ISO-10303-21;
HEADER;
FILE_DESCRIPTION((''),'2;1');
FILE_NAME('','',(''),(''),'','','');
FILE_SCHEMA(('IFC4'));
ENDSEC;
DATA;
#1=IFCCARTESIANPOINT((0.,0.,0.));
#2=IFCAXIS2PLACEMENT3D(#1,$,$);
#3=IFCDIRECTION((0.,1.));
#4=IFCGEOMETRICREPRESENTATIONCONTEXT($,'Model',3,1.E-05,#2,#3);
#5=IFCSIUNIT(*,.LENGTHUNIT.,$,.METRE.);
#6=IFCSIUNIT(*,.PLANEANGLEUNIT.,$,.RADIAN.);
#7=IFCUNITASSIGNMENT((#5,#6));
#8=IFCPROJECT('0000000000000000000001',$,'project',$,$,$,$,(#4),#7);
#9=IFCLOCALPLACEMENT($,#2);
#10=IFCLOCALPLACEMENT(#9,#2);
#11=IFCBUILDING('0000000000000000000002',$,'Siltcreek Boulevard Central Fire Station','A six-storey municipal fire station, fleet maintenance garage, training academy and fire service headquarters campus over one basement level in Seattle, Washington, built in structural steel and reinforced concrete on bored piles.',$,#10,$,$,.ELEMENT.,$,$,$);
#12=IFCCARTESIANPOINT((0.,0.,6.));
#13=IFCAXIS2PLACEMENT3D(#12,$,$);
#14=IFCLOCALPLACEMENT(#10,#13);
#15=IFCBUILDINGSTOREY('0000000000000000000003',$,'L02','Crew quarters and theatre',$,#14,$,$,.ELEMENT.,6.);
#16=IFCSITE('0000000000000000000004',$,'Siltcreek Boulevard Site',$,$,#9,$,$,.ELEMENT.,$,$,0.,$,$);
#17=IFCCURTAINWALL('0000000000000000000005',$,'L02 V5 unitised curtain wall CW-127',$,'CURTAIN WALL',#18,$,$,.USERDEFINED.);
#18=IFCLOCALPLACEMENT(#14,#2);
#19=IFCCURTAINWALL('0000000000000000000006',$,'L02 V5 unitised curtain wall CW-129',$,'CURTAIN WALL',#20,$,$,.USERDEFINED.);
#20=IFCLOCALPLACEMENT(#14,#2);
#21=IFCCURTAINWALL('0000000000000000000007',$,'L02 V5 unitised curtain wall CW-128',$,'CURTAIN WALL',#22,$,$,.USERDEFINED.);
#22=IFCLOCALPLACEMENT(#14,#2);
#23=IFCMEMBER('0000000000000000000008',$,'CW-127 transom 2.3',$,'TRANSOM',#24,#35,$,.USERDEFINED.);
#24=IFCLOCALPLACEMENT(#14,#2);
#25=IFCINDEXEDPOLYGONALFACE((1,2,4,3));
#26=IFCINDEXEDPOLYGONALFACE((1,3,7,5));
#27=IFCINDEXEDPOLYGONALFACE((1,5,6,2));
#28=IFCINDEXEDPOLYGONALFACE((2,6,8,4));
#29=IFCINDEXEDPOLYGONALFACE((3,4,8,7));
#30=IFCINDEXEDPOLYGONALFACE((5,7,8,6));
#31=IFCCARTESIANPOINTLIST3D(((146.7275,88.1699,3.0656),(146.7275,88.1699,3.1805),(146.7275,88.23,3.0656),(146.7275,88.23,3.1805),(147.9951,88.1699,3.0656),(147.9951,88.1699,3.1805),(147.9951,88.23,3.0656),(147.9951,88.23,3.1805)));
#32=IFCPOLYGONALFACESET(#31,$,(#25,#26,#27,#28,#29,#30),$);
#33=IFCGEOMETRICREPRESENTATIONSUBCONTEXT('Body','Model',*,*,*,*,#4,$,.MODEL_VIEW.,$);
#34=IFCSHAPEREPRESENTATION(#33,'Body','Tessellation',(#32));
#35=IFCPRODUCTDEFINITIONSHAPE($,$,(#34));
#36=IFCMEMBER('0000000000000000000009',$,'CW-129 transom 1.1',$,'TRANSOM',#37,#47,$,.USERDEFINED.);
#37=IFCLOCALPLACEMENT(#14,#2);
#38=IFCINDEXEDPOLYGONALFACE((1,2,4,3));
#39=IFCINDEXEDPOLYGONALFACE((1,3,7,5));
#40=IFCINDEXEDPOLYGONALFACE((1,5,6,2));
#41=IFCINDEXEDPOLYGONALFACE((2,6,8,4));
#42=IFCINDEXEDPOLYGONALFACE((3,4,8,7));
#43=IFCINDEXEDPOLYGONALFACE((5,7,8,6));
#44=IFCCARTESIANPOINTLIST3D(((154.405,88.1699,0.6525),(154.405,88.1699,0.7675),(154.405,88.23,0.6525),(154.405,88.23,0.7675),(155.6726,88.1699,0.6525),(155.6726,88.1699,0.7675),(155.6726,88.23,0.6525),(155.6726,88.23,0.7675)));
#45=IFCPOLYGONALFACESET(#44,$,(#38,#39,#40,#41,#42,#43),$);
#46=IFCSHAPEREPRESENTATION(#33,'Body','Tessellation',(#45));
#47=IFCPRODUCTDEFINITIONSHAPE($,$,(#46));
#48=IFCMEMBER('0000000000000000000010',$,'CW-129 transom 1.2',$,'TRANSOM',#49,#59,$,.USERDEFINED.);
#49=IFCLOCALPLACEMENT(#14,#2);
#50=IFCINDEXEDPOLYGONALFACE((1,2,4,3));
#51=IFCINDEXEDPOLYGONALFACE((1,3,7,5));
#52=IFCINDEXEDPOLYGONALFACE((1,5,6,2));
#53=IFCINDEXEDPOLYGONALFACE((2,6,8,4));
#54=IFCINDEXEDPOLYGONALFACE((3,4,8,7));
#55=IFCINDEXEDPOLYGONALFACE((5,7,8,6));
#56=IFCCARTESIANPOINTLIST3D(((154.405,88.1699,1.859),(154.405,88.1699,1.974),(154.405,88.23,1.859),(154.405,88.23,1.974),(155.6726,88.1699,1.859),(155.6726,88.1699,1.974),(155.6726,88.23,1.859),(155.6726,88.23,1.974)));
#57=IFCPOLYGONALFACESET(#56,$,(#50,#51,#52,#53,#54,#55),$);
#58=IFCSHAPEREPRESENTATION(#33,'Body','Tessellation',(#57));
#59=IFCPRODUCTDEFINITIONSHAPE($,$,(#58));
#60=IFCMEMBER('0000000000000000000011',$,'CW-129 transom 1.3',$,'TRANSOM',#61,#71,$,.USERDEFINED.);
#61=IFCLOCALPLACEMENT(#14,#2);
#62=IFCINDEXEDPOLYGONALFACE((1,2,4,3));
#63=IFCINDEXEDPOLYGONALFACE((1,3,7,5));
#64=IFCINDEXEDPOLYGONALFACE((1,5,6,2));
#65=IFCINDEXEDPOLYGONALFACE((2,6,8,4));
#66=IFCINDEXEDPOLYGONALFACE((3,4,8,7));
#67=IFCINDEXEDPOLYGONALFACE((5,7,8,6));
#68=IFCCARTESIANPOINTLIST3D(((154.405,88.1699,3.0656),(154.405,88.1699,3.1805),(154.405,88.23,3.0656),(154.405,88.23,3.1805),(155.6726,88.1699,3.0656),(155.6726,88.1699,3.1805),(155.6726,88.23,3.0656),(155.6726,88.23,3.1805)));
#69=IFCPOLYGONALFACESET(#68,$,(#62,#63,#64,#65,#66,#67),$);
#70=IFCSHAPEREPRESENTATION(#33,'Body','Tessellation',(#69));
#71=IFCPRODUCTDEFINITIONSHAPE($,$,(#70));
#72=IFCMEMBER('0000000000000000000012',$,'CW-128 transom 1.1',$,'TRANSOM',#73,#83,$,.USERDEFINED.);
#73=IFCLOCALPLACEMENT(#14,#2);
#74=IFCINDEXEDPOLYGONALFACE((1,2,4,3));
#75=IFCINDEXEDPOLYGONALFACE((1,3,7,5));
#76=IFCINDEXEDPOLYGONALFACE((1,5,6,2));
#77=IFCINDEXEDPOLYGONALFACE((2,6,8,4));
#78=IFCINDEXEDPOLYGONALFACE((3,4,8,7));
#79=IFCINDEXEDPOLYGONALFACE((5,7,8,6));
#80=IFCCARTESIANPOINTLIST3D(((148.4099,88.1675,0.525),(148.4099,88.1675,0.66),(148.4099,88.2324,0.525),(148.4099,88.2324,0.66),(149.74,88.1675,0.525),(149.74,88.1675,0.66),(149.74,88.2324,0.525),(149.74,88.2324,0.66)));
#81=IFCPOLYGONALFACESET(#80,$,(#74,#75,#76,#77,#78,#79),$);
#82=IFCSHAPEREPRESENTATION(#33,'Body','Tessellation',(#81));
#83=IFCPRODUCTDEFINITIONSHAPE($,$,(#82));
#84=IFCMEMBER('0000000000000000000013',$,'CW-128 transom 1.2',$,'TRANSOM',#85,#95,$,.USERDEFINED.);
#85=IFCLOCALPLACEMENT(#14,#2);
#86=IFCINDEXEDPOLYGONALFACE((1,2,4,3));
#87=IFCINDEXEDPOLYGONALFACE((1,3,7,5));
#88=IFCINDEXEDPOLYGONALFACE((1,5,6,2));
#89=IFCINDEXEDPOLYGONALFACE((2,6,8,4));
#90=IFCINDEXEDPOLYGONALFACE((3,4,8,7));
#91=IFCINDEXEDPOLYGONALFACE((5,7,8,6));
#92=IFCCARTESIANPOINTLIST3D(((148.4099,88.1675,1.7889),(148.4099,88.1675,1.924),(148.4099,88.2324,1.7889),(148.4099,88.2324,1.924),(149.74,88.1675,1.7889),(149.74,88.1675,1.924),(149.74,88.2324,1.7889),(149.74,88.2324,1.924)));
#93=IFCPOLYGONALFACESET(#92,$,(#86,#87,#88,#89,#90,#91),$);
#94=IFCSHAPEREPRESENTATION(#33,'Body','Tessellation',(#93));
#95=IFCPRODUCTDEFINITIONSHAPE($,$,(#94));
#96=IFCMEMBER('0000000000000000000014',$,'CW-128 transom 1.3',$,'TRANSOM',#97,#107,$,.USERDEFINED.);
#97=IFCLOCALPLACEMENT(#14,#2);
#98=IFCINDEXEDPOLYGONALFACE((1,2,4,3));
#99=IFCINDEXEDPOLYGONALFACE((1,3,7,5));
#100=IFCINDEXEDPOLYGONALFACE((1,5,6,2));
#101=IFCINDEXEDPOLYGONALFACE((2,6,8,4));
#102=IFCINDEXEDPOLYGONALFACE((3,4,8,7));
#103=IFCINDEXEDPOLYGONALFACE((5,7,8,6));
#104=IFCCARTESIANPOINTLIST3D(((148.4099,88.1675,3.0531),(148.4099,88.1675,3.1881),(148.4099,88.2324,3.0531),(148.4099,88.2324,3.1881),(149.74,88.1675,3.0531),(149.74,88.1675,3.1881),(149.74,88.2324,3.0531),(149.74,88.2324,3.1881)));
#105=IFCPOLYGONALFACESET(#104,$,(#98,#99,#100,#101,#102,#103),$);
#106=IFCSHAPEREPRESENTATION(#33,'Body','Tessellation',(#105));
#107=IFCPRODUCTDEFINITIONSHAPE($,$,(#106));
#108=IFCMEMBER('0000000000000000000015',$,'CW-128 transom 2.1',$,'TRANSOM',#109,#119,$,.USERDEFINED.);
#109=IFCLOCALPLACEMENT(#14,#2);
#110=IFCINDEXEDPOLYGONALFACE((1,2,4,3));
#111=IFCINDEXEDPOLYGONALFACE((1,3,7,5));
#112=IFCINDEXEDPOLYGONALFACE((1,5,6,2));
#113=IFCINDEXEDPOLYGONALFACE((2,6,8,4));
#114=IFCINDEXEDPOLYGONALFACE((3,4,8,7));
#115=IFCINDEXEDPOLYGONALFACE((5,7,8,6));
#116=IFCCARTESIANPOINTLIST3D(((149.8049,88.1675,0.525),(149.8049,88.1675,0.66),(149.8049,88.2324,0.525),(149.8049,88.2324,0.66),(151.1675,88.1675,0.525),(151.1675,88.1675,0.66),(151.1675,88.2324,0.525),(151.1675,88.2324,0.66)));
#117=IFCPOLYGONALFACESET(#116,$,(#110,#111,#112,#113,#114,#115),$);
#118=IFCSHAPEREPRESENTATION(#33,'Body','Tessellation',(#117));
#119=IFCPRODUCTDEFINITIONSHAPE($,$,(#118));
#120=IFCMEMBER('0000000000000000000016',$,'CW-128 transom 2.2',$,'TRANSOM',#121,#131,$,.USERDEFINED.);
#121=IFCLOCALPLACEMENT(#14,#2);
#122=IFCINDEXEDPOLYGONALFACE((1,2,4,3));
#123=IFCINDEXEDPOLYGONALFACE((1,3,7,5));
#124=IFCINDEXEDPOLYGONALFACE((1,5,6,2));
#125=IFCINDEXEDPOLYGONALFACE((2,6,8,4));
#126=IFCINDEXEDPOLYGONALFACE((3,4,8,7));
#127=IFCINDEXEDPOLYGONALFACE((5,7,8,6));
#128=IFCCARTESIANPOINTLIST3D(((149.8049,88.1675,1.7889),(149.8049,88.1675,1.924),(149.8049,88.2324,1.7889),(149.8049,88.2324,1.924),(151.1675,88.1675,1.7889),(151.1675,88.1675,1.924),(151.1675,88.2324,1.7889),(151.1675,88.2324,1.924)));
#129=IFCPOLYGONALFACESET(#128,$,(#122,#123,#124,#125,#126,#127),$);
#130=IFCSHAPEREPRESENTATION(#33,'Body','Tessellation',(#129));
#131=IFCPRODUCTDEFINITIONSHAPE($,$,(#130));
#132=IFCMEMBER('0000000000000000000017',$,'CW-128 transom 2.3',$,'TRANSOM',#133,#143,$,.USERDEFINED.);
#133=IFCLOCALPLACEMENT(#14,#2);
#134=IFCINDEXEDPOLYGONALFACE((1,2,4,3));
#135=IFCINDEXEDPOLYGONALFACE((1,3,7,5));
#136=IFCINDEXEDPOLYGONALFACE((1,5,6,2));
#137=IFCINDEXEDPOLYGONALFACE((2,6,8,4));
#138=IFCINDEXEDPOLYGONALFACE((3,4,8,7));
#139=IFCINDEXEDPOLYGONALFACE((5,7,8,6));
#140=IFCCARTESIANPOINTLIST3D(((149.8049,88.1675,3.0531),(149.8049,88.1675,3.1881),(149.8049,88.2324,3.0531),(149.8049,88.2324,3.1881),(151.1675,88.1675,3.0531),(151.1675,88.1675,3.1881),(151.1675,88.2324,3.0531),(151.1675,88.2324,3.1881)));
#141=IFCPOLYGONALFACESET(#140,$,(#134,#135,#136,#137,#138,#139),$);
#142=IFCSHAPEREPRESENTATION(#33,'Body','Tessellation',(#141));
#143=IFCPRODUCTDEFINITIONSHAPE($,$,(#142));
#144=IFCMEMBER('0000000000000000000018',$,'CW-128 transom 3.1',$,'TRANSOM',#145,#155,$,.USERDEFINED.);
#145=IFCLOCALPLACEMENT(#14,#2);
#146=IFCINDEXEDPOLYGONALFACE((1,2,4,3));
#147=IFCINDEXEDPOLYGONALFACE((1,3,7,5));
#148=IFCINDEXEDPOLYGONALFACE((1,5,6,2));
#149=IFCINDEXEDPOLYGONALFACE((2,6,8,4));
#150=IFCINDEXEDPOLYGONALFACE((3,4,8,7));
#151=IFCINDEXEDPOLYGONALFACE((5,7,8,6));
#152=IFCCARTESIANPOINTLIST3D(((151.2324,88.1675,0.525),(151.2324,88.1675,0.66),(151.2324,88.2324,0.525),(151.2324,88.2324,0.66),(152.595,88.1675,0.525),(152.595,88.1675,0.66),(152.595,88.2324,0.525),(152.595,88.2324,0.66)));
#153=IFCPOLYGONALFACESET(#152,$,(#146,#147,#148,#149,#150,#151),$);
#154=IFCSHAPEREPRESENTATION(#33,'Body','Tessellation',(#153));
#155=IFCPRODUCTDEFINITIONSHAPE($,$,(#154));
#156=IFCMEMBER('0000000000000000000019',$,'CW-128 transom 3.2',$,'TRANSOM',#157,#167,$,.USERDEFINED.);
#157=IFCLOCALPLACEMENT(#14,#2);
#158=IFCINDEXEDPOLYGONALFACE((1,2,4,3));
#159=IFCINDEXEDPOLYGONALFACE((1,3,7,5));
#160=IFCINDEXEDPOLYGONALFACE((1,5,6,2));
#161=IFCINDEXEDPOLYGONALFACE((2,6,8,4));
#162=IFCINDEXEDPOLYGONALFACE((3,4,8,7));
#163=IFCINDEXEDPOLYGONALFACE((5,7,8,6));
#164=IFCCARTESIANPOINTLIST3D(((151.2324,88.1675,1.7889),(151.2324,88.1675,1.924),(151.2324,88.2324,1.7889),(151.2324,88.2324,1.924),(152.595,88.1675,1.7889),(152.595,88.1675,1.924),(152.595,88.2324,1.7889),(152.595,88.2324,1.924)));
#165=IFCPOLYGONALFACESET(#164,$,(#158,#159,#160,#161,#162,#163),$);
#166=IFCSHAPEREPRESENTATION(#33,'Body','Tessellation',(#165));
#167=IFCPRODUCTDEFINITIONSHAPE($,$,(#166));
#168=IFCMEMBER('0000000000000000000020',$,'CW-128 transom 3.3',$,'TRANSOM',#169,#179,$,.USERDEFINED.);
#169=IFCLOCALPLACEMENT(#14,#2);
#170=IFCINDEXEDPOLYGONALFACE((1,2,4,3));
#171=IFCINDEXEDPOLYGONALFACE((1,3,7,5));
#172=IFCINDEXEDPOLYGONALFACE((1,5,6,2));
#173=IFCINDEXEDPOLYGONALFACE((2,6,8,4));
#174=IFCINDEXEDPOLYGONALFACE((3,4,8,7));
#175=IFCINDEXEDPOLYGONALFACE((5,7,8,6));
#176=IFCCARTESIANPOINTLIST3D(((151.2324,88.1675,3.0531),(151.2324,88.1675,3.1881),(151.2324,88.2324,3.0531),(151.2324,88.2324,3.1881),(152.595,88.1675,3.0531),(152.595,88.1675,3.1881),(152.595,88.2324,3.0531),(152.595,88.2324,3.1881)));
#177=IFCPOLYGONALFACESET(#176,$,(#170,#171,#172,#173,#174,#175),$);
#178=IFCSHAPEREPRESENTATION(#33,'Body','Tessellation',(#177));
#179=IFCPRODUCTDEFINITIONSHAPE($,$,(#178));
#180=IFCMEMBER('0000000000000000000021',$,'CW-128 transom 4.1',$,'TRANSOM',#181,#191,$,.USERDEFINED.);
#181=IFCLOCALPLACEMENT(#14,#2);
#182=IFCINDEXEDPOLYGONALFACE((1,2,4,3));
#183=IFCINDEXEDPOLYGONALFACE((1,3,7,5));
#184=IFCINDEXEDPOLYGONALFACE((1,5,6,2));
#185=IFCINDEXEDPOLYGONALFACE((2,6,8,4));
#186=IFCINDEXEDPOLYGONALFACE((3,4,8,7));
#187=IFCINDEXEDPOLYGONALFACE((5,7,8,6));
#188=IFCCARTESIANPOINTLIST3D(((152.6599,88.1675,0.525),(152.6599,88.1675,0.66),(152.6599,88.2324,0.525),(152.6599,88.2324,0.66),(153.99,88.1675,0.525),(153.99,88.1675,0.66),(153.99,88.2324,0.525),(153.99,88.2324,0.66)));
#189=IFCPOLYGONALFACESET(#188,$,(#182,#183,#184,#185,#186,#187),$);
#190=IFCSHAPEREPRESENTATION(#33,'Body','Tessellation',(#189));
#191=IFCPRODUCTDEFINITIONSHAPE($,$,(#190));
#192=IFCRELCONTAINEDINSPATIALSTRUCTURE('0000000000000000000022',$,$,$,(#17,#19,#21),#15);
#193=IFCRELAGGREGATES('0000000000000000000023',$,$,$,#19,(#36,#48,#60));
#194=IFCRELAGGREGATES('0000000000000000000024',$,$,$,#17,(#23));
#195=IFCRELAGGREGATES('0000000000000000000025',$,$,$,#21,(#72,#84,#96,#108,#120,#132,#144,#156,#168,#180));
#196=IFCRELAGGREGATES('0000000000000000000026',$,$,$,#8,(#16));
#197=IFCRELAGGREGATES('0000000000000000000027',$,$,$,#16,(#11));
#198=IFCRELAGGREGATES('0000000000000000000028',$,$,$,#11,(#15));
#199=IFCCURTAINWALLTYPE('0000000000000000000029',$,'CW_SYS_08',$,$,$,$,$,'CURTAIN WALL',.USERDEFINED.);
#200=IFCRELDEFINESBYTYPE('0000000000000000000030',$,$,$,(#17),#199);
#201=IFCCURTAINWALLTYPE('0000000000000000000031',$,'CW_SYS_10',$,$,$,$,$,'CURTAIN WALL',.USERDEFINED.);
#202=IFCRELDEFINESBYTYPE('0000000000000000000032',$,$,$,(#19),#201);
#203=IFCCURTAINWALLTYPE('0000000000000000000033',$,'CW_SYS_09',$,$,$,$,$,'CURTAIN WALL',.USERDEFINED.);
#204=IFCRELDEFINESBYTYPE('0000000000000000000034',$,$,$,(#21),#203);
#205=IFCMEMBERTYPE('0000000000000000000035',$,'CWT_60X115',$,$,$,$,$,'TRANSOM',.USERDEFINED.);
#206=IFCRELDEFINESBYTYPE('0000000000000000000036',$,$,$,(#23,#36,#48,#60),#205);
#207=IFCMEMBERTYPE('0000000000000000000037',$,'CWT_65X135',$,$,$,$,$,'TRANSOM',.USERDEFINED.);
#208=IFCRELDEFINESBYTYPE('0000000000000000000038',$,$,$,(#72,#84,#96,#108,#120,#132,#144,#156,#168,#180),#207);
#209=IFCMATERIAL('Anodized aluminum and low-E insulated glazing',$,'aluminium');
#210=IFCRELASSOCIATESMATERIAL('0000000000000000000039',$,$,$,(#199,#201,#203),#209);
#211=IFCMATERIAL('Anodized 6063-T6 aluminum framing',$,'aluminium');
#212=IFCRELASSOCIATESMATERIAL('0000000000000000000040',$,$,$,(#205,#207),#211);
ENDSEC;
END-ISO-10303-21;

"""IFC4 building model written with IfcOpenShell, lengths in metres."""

from ifc_helpers import new_model, si_unit, direction, frame, origin, origin_2d, place, context, subcontext, project, spatial, rectangle, extrude, material, material_profile, profile_set, type_object, element, aggregate, save


model = new_model("IFC4")

# Units and contexts
model_context = context("Model", 3, precision=1e-05, world=origin(), true_north=direction((0.0, 1.0)))
body_context = subcontext(model_context, "Body", "Model", "MODEL_VIEW")
ifc_project = project(units=[si_unit("LENGTHUNIT", "METRE"), si_unit("PLANEANGLEUNIT", "RADIAN")], contexts=[model_context])

# Site, building, storey
site_placement = place(None, origin())
site = spatial("IfcSite", under=ifc_project, at=site_placement, Name="Siltcreek Boulevard Site", CompositionType="ELEMENT", RefElevation=0.0)
building_placement = place(site_placement, origin())
building = spatial("IfcBuilding", under=site, at=building_placement, Name="Siltcreek Boulevard Central Fire Station", Description="A six-storey municipal fire station, fleet maintenance garage, training academy and fire service headquarters campus over one basement level in Seattle, Washington, built in structural steel and reinforced concrete on bored piles.", CompositionType="ELEMENT")
storey_placement = place(building_placement, frame((0.0, 0.0, 6.0)))
storey = spatial("IfcBuildingStorey", under=building, at=storey_placement, Name="L02", Description="Crew quarters and theatre", CompositionType="ELEMENT", Elevation=6.0)

# Curtain walls
ifc_material_1 = material(Name="Anodized aluminum and low-E insulated glazing", Category="aluminium")
curtain_wall_type_1 = type_object("IfcCurtainWallType", Name="CW_SYS_08", ElementType="CURTAIN WALL", PredefinedType="USERDEFINED", material=ifc_material_1)
curtain_wall_1_placement = place(storey_placement, origin())
curtain_wall_1 = element("IfcCurtainWall", 1, at=curtain_wall_1_placement, inside=storey, type_object=curtain_wall_type_1, Name="L02 V5 unitised curtain wall CW-127", ObjectType="CURTAIN WALL", PredefinedType="USERDEFINED")
ifc_material_2 = material(Name="Anodized 6063-T6 aluminum framing", Category="aluminium")
curtain_wall_type_2 = type_object("IfcCurtainWallType", Name="CW_SYS_10", ElementType="CURTAIN WALL", PredefinedType="USERDEFINED", material=ifc_material_1)
curtain_wall_2_placement = place(storey_placement, origin())
curtain_wall_2 = element("IfcCurtainWall", 2, at=curtain_wall_2_placement, inside=storey, type_object=curtain_wall_type_2, Name="L02 V5 unitised curtain wall CW-129", ObjectType="CURTAIN WALL", PredefinedType="USERDEFINED")

# Curtain wall
curtain_wall_type_3 = type_object("IfcCurtainWallType", Name="CW_SYS_09", ElementType="CURTAIN WALL", PredefinedType="USERDEFINED", material=ifc_material_1)
curtain_wall_3_placement = place(storey_placement, origin())
curtain_wall_3 = element("IfcCurtainWall", 3, at=curtain_wall_3_placement, inside=storey, type_object=curtain_wall_type_3, Name="L02 V5 unitised curtain wall CW-128", ObjectType="CURTAIN WALL", PredefinedType="USERDEFINED")

# Members
ifc_material_profile_1 = material_profile(ifc_material_2, rectangle(XDim=0.0601, YDim=0.115, at=origin_2d()), Name="TRAN60X115")
ifc_profile_set_1 = profile_set([ifc_material_profile_1], Name="Anodized 6063-T6 aluminum framing")
member_type_1 = type_object("IfcMemberType", Name="CWT_60X115", ElementType="TRANSOM", PredefinedType="USERDEFINED", material=ifc_profile_set_1)
member_1_placement = place(storey_placement, frame((146.7275, 88.2, 3.123), z_axis=(1.0, 0.0, 0.0), x_axis=(0.0, 1.0, 0.0)))
member_1 = element("IfcMember", 4, at=member_1_placement, type_object=member_type_1, Name="CW-127 transom 2.3", ObjectType="TRANSOM", PredefinedType="USERDEFINED", context=body_context, shape_type="SweptSolid", body=[
    extrude(rectangle(XDim=0.0601, YDim=0.115, at=origin_2d()), origin(), (0.0, 0.0, 1.0), 1.2676),
])
member_2_placement = place(storey_placement, frame((154.405, 88.2, 0.71), z_axis=(1.0, 0.0, 0.0), x_axis=(0.0, 1.0, 0.0)))
member_2 = element("IfcMember", 5, at=member_2_placement, type_object=member_type_1, Name="CW-129 transom 1.1", ObjectType="TRANSOM", PredefinedType="USERDEFINED", context=body_context, shape_type="SweptSolid", body=[
    extrude(rectangle(XDim=0.0601, YDim=0.115, at=origin_2d()), origin(), (0.0, 0.0, 1.0), 1.2676),
])
member_3_placement = place(storey_placement, frame((154.405, 88.2, 1.9165), z_axis=(1.0, 0.0, 0.0), x_axis=(0.0, 1.0, 0.0)))
member_3 = element("IfcMember", 6, at=member_3_placement, type_object=member_type_1, Name="CW-129 transom 1.2", ObjectType="TRANSOM", PredefinedType="USERDEFINED", context=body_context, shape_type="SweptSolid", body=[
    extrude(rectangle(XDim=0.0601, YDim=0.115, at=origin_2d()), origin(), (0.0, 0.0, 1.0), 1.2676),
])
member_4_placement = place(storey_placement, frame((154.405, 88.2, 3.123), z_axis=(1.0, 0.0, 0.0), x_axis=(0.0, 1.0, 0.0)))
member_4 = element("IfcMember", 7, at=member_4_placement, type_object=member_type_1, Name="CW-129 transom 1.3", ObjectType="TRANSOM", PredefinedType="USERDEFINED", context=body_context, shape_type="SweptSolid", body=[
    extrude(rectangle(XDim=0.0601, YDim=0.115, at=origin_2d()), origin(), (0.0, 0.0, 1.0), 1.2676),
])
aggregate(curtain_wall_2, [member_2, member_3, member_4])
ifc_material_profile_2 = material_profile(ifc_material_2, rectangle(XDim=0.0649, YDim=0.135, at=origin_2d()), Name="TRAN65X135")
ifc_profile_set_2 = profile_set([ifc_material_profile_2], Name="Anodized 6063-T6 aluminum framing")
member_type_2 = type_object("IfcMemberType", Name="CWT_65X135", ElementType="TRANSOM", PredefinedType="USERDEFINED", material=ifc_profile_set_2)
member_5_placement = place(storey_placement, frame((148.4099, 88.2, 0.5925), z_axis=(1.0, 0.0, 0.0), x_axis=(0.0, 1.0, 0.0)))
member_5 = element("IfcMember", 8, at=member_5_placement, type_object=member_type_2, Name="CW-128 transom 1.1", ObjectType="TRANSOM", PredefinedType="USERDEFINED", context=body_context, shape_type="SweptSolid", body=[
    extrude(rectangle(XDim=0.0649, YDim=0.135, at=origin_2d()), origin(), (0.0, 0.0, 1.0), 1.3301),
])
member_6_placement = place(storey_placement, frame((148.4099, 88.2, 1.8564), z_axis=(1.0, 0.0, 0.0), x_axis=(0.0, 1.0, 0.0)))
member_6 = element("IfcMember", 9, at=member_6_placement, type_object=member_type_2, Name="CW-128 transom 1.2", ObjectType="TRANSOM", PredefinedType="USERDEFINED", context=body_context, shape_type="SweptSolid", body=[
    extrude(rectangle(XDim=0.0649, YDim=0.135, at=origin_2d()), origin(), (0.0, 0.0, 1.0), 1.3301),
])
member_7_placement = place(storey_placement, frame((148.4099, 88.2, 3.1206), z_axis=(1.0, 0.0, 0.0), x_axis=(0.0, 1.0, 0.0)))
member_7 = element("IfcMember", 10, at=member_7_placement, type_object=member_type_2, Name="CW-128 transom 1.3", ObjectType="TRANSOM", PredefinedType="USERDEFINED", context=body_context, shape_type="SweptSolid", body=[
    extrude(rectangle(XDim=0.0649, YDim=0.135, at=origin_2d()), origin(), (0.0, 0.0, 1.0), 1.3301),
])
member_8_placement = place(storey_placement, frame((149.8049, 88.2, 0.5925), z_axis=(1.0, 0.0, 0.0), x_axis=(0.0, 1.0, 0.0)))
member_8 = element("IfcMember", 11, at=member_8_placement, type_object=member_type_2, Name="CW-128 transom 2.1", ObjectType="TRANSOM", PredefinedType="USERDEFINED", context=body_context, shape_type="SweptSolid", body=[
    extrude(rectangle(XDim=0.0649, YDim=0.135, at=origin_2d()), origin(), (0.0, 0.0, 1.0), 1.3625),
])
member_9_placement = place(storey_placement, frame((149.8049, 88.2, 1.8564), z_axis=(1.0, 0.0, 0.0), x_axis=(0.0, 1.0, 0.0)))
member_9 = element("IfcMember", 12, at=member_9_placement, type_object=member_type_2, Name="CW-128 transom 2.2", ObjectType="TRANSOM", PredefinedType="USERDEFINED", context=body_context, shape_type="SweptSolid", body=[
    extrude(rectangle(XDim=0.0649, YDim=0.135, at=origin_2d()), origin(), (0.0, 0.0, 1.0), 1.3625),
])
member_10_placement = place(storey_placement, frame((149.8049, 88.2, 3.1206), z_axis=(1.0, 0.0, 0.0), x_axis=(0.0, 1.0, 0.0)))
member_10 = element("IfcMember", 13, at=member_10_placement, type_object=member_type_2, Name="CW-128 transom 2.3", ObjectType="TRANSOM", PredefinedType="USERDEFINED", context=body_context, shape_type="SweptSolid", body=[
    extrude(rectangle(XDim=0.0649, YDim=0.135, at=origin_2d()), origin(), (0.0, 0.0, 1.0), 1.3625),
])
member_11_placement = place(storey_placement, frame((151.2324, 88.2, 0.5925), z_axis=(1.0, 0.0, 0.0), x_axis=(0.0, 1.0, 0.0)))
member_11 = element("IfcMember", 14, at=member_11_placement, type_object=member_type_2, Name="CW-128 transom 3.1", ObjectType="TRANSOM", PredefinedType="USERDEFINED", context=body_context, shape_type="SweptSolid", body=[
    extrude(rectangle(XDim=0.0649, YDim=0.135, at=origin_2d()), origin(), (0.0, 0.0, 1.0), 1.3625),
])
member_12_placement = place(storey_placement, frame((151.2324, 88.2, 1.8564), z_axis=(1.0, 0.0, 0.0), x_axis=(0.0, 1.0, 0.0)))
member_12 = element("IfcMember", 15, at=member_12_placement, type_object=member_type_2, Name="CW-128 transom 3.2", ObjectType="TRANSOM", PredefinedType="USERDEFINED", context=body_context, shape_type="SweptSolid", body=[
    extrude(rectangle(XDim=0.0649, YDim=0.135, at=origin_2d()), origin(), (0.0, 0.0, 1.0), 1.3625),
])
member_13_placement = place(storey_placement, frame((151.2324, 88.2, 3.1206), z_axis=(1.0, 0.0, 0.0), x_axis=(0.0, 1.0, 0.0)))
member_13 = element("IfcMember", 16, at=member_13_placement, type_object=member_type_2, Name="CW-128 transom 3.3", ObjectType="TRANSOM", PredefinedType="USERDEFINED", context=body_context, shape_type="SweptSolid", body=[
    extrude(rectangle(XDim=0.0649, YDim=0.135, at=origin_2d()), origin(), (0.0, 0.0, 1.0), 1.3625),
])
member_14_placement = place(storey_placement, frame((152.6599, 88.2, 0.5925), z_axis=(1.0, 0.0, 0.0), x_axis=(0.0, 1.0, 0.0)))
member_14 = element("IfcMember", 17, at=member_14_placement, type_object=member_type_2, Name="CW-128 transom 4.1", ObjectType="TRANSOM", PredefinedType="USERDEFINED", context=body_context, shape_type="SweptSolid", body=[
    extrude(rectangle(XDim=0.0649, YDim=0.135, at=origin_2d()), origin(), (0.0, 0.0, 1.0), 1.3301),
])

aggregate(curtain_wall_1, [member_1])
aggregate(curtain_wall_3, [member_5, member_6, member_7, member_8, member_9, member_10, member_11, member_12, member_13, member_14])

save(model, "model.ifc")
